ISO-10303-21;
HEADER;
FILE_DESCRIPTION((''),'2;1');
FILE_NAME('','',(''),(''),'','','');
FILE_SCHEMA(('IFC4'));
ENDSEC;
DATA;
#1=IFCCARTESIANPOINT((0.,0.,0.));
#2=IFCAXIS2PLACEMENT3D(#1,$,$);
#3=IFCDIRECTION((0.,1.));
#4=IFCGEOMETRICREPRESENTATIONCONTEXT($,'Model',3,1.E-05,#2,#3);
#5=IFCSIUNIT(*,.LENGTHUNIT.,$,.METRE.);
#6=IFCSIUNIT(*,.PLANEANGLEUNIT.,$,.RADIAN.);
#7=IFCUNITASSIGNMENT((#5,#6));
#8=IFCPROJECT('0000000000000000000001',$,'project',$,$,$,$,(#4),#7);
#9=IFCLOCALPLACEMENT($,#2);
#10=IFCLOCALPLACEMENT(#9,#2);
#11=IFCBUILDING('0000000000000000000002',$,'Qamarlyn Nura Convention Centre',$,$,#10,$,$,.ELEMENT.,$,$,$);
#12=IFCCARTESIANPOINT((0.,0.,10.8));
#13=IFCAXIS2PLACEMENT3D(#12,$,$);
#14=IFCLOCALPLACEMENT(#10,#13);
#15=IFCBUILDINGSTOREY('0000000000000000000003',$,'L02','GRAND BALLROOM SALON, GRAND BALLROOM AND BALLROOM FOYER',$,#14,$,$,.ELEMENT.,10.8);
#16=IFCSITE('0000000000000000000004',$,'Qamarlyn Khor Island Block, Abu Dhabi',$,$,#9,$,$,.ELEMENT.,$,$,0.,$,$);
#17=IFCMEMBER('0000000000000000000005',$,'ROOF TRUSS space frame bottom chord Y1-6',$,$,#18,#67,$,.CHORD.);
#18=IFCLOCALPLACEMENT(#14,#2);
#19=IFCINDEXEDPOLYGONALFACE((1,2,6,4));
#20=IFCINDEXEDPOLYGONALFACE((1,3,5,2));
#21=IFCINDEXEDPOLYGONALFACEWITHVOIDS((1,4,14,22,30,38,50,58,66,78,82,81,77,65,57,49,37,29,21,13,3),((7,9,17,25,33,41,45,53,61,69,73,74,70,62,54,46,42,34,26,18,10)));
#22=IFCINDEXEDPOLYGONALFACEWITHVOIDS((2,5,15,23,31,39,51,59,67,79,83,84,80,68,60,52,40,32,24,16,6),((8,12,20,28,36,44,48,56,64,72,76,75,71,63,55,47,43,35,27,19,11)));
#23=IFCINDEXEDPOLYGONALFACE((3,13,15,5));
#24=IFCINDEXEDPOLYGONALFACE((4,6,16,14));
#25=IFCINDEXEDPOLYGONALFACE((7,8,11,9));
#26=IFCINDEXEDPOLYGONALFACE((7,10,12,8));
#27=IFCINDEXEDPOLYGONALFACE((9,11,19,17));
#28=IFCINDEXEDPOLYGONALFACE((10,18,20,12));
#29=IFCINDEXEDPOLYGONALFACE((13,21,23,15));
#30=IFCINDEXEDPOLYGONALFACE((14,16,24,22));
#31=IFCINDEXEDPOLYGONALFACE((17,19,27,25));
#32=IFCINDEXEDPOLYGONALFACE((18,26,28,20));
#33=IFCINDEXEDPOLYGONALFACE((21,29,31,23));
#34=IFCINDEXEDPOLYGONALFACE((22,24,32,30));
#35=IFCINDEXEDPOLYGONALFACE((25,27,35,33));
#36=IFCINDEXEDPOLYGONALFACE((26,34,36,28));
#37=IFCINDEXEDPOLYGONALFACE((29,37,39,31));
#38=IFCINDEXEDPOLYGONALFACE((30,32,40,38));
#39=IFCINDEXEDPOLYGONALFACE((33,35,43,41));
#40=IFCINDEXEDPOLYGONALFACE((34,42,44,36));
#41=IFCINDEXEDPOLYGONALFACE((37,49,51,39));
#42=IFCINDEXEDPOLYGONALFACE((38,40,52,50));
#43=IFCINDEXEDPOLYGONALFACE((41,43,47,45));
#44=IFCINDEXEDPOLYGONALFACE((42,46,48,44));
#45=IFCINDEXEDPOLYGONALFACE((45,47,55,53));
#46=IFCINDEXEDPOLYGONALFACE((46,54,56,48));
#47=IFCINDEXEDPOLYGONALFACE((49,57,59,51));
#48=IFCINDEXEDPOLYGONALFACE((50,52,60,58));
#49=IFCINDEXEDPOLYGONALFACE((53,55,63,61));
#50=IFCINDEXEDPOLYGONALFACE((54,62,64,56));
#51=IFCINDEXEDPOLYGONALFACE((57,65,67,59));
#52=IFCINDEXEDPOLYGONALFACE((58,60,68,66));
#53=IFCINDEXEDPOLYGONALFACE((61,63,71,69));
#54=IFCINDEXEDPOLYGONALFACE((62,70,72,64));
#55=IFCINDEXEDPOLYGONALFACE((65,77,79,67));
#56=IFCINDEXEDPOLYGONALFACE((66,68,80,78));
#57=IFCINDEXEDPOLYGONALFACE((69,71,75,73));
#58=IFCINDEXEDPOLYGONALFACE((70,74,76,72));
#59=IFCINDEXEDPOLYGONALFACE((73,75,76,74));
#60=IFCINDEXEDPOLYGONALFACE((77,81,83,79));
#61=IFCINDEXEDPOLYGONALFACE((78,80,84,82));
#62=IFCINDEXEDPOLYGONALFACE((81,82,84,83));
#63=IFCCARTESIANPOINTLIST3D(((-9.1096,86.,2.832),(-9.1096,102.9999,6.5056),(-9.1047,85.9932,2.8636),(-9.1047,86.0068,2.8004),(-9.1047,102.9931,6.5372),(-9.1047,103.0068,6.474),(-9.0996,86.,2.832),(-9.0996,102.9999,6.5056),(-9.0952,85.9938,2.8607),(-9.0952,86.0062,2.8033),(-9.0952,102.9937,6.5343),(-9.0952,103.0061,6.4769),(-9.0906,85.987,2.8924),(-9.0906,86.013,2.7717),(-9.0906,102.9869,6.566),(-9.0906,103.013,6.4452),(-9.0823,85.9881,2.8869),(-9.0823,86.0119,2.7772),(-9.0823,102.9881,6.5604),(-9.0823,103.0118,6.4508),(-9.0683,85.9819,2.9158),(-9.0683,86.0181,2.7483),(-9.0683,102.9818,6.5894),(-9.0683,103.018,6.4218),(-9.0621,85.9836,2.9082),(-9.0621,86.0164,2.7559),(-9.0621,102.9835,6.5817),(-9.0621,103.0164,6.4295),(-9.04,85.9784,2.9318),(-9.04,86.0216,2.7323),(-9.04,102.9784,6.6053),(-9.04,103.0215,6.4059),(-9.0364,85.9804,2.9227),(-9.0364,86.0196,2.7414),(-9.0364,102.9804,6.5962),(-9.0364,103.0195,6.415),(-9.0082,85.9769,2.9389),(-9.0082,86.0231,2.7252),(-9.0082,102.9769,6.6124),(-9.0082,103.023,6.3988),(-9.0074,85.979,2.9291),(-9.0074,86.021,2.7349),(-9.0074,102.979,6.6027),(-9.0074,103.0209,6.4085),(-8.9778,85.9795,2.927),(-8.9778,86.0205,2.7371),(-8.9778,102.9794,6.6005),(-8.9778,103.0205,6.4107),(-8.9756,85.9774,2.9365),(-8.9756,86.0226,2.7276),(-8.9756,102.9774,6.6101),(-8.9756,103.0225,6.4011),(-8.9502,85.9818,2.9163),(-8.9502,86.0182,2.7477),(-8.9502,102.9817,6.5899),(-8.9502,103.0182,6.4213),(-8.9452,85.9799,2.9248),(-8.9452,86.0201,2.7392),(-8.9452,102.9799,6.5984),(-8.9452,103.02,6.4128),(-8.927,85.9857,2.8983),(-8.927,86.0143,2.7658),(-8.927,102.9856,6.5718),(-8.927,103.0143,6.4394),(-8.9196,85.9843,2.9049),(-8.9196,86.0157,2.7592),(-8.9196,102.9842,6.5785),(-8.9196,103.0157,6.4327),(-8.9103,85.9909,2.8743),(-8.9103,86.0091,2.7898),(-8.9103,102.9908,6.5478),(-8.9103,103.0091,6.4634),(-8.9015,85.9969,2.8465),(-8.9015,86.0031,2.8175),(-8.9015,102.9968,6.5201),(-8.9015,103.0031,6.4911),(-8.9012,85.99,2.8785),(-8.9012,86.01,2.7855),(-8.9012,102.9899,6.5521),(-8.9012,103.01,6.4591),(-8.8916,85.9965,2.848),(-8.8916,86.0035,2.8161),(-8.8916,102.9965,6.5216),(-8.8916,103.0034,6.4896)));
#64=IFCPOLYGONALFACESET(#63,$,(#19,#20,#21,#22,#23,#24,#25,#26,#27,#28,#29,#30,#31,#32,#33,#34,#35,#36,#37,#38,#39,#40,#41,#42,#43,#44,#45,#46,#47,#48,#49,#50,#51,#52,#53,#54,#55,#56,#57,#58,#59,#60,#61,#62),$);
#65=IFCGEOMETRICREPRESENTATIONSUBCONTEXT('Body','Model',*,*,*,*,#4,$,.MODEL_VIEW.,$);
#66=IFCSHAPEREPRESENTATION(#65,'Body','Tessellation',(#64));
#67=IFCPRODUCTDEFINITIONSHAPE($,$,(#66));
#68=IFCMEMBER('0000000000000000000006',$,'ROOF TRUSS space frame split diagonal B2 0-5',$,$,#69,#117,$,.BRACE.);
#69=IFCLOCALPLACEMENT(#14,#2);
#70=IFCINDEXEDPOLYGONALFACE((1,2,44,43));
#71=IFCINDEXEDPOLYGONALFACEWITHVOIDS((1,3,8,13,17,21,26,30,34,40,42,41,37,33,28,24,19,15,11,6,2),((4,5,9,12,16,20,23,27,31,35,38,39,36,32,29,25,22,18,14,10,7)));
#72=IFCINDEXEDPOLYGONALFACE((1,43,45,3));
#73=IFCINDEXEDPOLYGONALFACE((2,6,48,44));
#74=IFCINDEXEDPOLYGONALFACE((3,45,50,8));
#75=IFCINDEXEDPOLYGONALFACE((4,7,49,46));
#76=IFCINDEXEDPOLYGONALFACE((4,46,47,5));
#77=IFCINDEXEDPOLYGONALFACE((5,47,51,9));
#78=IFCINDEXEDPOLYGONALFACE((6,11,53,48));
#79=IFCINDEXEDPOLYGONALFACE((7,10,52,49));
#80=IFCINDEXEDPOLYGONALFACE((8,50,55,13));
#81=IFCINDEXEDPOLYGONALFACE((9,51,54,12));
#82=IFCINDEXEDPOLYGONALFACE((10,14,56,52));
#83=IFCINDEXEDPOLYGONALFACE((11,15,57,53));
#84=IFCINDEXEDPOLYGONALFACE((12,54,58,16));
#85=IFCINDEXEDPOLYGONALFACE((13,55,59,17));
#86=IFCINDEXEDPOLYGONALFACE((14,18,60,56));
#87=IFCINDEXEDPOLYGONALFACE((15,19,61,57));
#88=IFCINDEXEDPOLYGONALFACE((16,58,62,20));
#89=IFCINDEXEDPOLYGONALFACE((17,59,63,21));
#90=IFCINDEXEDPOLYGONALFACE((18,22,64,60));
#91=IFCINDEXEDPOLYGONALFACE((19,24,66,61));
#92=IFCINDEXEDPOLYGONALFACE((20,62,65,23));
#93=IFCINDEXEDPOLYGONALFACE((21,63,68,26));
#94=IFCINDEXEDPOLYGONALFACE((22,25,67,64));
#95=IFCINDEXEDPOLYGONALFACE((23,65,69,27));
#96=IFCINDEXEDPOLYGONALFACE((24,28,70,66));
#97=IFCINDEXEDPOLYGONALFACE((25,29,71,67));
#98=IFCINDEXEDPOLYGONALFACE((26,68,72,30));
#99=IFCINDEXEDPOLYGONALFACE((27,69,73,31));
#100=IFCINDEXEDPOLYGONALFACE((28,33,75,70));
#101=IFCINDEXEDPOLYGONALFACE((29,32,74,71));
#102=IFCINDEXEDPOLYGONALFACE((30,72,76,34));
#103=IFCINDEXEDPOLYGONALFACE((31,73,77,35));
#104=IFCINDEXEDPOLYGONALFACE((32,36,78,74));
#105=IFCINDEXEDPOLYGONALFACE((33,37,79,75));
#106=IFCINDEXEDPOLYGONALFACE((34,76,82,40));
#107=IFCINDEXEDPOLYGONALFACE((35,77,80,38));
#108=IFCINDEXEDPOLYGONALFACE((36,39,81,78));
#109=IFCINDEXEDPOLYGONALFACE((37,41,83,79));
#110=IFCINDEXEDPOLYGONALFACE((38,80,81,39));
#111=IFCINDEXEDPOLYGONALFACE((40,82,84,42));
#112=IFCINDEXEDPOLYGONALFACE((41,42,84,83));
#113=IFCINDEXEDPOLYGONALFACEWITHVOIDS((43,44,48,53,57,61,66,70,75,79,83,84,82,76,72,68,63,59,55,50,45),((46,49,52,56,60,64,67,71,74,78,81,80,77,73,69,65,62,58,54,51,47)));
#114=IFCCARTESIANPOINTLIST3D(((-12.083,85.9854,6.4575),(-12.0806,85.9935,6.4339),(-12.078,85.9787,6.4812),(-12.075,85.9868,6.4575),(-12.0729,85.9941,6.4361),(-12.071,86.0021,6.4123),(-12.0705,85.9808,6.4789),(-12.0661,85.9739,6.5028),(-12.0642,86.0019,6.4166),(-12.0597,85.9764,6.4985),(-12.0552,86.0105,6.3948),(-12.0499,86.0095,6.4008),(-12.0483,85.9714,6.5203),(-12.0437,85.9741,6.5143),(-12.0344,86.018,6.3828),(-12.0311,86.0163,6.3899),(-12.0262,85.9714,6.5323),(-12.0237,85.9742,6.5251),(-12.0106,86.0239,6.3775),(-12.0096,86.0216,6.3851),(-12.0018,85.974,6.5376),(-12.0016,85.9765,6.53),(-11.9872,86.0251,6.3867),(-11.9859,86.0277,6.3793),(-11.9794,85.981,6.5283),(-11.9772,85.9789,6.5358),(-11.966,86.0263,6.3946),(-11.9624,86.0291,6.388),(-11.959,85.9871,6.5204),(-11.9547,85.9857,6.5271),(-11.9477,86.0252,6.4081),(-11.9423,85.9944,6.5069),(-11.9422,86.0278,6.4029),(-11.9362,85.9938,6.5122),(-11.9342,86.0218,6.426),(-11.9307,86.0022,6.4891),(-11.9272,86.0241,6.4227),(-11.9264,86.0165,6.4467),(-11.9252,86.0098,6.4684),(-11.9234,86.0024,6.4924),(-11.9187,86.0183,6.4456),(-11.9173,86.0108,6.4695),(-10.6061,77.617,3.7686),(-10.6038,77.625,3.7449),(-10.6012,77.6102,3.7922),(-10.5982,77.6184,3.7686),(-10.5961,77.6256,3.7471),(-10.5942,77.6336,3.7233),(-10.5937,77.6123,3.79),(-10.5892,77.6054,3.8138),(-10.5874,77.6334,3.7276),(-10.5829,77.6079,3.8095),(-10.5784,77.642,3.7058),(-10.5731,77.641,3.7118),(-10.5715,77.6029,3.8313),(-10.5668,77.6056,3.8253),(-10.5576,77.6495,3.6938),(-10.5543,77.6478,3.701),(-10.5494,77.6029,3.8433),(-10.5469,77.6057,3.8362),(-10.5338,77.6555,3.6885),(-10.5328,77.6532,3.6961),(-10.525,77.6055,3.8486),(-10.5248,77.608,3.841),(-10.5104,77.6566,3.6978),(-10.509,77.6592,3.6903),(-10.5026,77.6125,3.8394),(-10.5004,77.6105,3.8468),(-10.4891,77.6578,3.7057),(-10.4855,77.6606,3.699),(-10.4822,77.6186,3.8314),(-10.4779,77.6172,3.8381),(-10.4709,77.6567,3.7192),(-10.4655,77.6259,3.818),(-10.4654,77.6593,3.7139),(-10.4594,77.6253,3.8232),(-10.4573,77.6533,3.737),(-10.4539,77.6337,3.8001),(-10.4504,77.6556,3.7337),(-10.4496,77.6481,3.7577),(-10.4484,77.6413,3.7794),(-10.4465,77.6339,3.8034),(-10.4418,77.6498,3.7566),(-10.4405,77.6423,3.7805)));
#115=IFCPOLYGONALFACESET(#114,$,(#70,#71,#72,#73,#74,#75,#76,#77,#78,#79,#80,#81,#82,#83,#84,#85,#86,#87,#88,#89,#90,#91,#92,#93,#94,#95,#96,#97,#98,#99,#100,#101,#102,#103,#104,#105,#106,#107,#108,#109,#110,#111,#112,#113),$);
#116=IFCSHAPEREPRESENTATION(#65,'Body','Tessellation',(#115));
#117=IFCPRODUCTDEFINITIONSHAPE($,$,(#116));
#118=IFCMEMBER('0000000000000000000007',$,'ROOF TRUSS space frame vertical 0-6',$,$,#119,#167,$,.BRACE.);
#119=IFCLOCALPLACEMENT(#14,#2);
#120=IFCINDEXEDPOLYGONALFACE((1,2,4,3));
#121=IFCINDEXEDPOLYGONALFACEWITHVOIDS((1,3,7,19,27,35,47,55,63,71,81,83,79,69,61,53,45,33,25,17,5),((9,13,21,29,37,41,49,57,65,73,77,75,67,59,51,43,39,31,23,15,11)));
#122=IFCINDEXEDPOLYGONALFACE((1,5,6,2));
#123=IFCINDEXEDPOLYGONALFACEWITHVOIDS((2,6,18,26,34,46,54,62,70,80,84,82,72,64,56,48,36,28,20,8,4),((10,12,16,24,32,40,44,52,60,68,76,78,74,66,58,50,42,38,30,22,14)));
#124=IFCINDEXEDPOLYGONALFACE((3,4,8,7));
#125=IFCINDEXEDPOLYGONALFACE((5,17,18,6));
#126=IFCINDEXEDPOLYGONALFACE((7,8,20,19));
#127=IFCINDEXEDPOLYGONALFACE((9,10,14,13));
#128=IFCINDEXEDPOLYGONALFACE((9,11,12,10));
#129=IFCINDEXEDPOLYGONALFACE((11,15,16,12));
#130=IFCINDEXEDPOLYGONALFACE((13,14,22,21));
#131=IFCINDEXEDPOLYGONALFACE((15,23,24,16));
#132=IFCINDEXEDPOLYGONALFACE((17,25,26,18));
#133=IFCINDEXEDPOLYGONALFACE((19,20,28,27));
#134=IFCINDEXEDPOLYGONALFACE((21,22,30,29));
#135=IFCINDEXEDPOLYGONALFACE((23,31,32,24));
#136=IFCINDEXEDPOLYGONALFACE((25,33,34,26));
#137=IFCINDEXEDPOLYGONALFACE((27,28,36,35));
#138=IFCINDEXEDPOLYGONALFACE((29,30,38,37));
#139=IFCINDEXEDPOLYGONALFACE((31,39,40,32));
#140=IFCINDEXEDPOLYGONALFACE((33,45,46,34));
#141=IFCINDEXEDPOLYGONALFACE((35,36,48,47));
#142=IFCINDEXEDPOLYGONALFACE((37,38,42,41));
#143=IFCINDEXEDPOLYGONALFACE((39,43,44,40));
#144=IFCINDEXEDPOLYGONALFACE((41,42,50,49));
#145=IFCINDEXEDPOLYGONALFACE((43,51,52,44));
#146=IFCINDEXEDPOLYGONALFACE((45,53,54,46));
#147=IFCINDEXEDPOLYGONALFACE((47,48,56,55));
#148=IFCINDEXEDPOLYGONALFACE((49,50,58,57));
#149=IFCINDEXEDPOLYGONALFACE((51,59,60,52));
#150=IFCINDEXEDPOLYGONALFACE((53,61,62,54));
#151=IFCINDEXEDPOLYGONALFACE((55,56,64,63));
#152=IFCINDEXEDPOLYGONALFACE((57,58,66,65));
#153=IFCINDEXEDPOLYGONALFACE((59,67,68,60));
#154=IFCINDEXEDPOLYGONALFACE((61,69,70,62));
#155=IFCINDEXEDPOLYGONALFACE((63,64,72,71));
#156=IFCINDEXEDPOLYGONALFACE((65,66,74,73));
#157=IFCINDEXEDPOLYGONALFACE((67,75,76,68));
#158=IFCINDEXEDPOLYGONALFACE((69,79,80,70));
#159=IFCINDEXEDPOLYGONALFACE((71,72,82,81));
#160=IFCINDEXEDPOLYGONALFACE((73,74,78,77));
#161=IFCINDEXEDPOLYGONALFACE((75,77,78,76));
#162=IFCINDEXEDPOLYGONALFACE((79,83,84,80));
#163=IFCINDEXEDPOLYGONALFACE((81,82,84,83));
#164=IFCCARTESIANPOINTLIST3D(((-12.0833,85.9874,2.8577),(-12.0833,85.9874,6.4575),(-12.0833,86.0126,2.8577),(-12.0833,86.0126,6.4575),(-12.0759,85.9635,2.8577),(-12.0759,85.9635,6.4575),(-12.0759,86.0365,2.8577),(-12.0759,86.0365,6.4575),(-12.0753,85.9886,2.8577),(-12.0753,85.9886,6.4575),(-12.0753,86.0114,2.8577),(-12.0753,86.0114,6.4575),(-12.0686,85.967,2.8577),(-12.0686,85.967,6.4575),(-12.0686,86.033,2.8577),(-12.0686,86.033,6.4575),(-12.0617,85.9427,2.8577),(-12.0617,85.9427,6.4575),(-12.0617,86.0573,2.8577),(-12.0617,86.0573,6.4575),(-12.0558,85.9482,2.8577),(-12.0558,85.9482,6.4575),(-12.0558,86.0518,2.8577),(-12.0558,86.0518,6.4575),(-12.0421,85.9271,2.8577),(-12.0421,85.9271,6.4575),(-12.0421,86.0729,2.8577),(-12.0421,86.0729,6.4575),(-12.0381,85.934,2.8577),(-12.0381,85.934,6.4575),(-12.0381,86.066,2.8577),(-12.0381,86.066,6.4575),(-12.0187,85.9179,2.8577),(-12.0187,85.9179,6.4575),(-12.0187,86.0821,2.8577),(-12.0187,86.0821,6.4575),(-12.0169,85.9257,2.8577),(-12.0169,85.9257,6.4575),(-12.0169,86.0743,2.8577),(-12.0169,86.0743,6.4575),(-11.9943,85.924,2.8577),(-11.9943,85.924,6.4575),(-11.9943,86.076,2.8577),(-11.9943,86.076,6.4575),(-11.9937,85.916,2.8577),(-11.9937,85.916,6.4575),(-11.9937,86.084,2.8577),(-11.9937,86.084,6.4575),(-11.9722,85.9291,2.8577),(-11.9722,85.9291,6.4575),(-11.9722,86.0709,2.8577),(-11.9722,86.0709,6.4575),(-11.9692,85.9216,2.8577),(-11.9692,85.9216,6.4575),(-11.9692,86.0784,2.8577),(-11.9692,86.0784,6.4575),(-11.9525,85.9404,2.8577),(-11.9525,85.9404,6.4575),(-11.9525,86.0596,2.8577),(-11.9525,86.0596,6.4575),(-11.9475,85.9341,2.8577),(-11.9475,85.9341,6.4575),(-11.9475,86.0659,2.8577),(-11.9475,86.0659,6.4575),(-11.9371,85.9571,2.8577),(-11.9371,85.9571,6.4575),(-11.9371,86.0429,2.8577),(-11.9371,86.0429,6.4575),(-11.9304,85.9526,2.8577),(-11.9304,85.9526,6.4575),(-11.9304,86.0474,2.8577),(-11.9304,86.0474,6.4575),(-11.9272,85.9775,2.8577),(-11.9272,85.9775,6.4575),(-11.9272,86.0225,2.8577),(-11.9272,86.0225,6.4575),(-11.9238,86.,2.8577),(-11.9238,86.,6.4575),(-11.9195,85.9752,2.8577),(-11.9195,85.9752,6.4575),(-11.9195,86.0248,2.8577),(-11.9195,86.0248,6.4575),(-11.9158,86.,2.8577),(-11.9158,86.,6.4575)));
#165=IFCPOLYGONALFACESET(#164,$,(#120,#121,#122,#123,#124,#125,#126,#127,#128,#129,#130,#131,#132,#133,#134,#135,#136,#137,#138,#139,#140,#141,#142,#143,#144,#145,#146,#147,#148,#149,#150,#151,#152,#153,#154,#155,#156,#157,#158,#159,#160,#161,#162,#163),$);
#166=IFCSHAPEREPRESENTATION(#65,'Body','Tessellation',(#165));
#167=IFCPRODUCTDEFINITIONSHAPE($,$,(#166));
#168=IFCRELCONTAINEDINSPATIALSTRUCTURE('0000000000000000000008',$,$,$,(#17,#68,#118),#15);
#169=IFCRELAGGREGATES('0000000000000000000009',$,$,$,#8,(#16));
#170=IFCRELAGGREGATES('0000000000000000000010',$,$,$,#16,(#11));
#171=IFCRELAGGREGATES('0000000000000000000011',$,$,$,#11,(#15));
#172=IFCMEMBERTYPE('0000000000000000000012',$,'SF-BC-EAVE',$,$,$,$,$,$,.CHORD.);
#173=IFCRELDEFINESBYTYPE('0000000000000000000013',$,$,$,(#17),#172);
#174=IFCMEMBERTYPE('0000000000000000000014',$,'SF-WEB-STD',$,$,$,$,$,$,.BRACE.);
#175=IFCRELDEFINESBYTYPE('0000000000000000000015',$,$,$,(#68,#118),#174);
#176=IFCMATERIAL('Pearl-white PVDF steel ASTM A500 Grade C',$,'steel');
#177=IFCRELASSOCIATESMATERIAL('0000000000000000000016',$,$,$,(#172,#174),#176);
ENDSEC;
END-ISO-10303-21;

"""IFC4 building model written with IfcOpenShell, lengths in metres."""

from ifc_helpers import new_model, si_unit, direction, frame, origin, origin_2d, place, context, subcontext, project, spatial, hollow_circle, extrude, material, material_profile, profile_set, type_object, element, save


model = new_model("IFC4")

# Units and contexts
model_context = context("Model", 3, precision=1e-05, world=origin(), true_north=direction((0.0, 1.0)))
body_context = subcontext(model_context, "Body", "Model", "MODEL_VIEW")
ifc_project = project(units=[si_unit("LENGTHUNIT", "METRE"), si_unit("PLANEANGLEUNIT", "RADIAN")], contexts=[model_context])

# Site, building, storey
site_placement = place(None, origin())
site = spatial("IfcSite", under=ifc_project, at=site_placement, Name="Qamarlyn Khor Island Block, Abu Dhabi", CompositionType="ELEMENT", RefElevation=0.0)
building_placement = place(site_placement, origin())
building = spatial("IfcBuilding", under=site, at=building_placement, Name="Qamarlyn Nura Convention Centre", CompositionType="ELEMENT")
storey_placement = place(building_placement, frame((0.0, 0.0, 10.8)))
storey = spatial("IfcBuildingStorey", under=building, at=storey_placement, Name="L02", Description="GRAND BALLROOM SALON, GRAND BALLROOM AND BALLROOM FOYER", CompositionType="ELEMENT", Elevation=10.8)

# Members
ifc_material_1 = material(Name="Pearl-white PVDF steel ASTM A500 Grade C", Category="steel")
ifc_material_profile_1 = material_profile(ifc_material_1, hollow_circle(Radius=0.1096, WallThickness=0.01, at=origin_2d()), Name="CHS219.1X10")
ifc_profile_set_1 = profile_set([ifc_material_profile_1], Name="Pearl-white PVDF steel ASTM A500 Grade C")
member_type_1 = type_object("IfcMemberType", Name="SF-BC-EAVE", PredefinedType="CHORD", material=ifc_profile_set_1)
member_1_placement = place(storey_placement, frame((-9.0, 86.0, 2.832), z_axis=(0.0, 0.977439, 0.211218), x_axis=(-1.0, 0.0, 0.0)))
element("IfcMember", 1, at=member_1_placement, inside=storey, type_object=member_type_1, Name="ROOF TRUSS space frame bottom chord Y1-6", PredefinedType="CHORD", context=body_context, shape_type="SweptSolid", body=[
    extrude(hollow_circle(Radius=0.1096, WallThickness=0.01, at=origin_2d()), origin(), (0.0, 0.0, 1.0), 17.3923),
])
ifc_material_profile_2 = material_profile(ifc_material_1, hollow_circle(Radius=0.0842, WallThickness=0.0081, at=origin_2d()), Name="CHS168.3X8")
ifc_profile_set_2 = profile_set([ifc_material_profile_2], Name="Pearl-white PVDF steel ASTM A500 Grade C")
member_type_2 = type_object("IfcMemberType", Name="SF-WEB-STD", PredefinedType="BRACE", material=ifc_profile_set_2)
member_2_placement = place(storey_placement, frame((-10.5232, 77.6316, 3.7686), z_axis=(-0.165691, 0.938898, 0.30169), x_axis=(-0.984783, -0.173789, 0.0)))
element("IfcMember", 2, at=member_2_placement, inside=storey, type_object=member_type_2, Name="ROOF TRUSS space frame split diagonal B2 0-5", PredefinedType="BRACE", context=body_context, shape_type="SweptSolid", body=[
    extrude(hollow_circle(Radius=0.0842, WallThickness=0.0081, at=origin_2d()), origin(), (0.0, 0.0, 1.0), 8.9131),
])
member_3_placement = place(storey_placement, frame((-12.0, 86.0, 2.8577), z_axis=(0.0, 0.0, 1.0), x_axis=(1.0, 0.0, 0.0)))
element("IfcMember", 3, at=member_3_placement, inside=storey, type_object=member_type_2, Name="ROOF TRUSS space frame vertical 0-6", PredefinedType="BRACE", context=body_context, shape_type="SweptSolid", body=[
    extrude(hollow_circle(Radius=0.0842, WallThickness=0.0081, at=origin_2d()), origin(), (0.0, 0.0, 1.0), 3.5999),
])

save(model, "model.ifc")
